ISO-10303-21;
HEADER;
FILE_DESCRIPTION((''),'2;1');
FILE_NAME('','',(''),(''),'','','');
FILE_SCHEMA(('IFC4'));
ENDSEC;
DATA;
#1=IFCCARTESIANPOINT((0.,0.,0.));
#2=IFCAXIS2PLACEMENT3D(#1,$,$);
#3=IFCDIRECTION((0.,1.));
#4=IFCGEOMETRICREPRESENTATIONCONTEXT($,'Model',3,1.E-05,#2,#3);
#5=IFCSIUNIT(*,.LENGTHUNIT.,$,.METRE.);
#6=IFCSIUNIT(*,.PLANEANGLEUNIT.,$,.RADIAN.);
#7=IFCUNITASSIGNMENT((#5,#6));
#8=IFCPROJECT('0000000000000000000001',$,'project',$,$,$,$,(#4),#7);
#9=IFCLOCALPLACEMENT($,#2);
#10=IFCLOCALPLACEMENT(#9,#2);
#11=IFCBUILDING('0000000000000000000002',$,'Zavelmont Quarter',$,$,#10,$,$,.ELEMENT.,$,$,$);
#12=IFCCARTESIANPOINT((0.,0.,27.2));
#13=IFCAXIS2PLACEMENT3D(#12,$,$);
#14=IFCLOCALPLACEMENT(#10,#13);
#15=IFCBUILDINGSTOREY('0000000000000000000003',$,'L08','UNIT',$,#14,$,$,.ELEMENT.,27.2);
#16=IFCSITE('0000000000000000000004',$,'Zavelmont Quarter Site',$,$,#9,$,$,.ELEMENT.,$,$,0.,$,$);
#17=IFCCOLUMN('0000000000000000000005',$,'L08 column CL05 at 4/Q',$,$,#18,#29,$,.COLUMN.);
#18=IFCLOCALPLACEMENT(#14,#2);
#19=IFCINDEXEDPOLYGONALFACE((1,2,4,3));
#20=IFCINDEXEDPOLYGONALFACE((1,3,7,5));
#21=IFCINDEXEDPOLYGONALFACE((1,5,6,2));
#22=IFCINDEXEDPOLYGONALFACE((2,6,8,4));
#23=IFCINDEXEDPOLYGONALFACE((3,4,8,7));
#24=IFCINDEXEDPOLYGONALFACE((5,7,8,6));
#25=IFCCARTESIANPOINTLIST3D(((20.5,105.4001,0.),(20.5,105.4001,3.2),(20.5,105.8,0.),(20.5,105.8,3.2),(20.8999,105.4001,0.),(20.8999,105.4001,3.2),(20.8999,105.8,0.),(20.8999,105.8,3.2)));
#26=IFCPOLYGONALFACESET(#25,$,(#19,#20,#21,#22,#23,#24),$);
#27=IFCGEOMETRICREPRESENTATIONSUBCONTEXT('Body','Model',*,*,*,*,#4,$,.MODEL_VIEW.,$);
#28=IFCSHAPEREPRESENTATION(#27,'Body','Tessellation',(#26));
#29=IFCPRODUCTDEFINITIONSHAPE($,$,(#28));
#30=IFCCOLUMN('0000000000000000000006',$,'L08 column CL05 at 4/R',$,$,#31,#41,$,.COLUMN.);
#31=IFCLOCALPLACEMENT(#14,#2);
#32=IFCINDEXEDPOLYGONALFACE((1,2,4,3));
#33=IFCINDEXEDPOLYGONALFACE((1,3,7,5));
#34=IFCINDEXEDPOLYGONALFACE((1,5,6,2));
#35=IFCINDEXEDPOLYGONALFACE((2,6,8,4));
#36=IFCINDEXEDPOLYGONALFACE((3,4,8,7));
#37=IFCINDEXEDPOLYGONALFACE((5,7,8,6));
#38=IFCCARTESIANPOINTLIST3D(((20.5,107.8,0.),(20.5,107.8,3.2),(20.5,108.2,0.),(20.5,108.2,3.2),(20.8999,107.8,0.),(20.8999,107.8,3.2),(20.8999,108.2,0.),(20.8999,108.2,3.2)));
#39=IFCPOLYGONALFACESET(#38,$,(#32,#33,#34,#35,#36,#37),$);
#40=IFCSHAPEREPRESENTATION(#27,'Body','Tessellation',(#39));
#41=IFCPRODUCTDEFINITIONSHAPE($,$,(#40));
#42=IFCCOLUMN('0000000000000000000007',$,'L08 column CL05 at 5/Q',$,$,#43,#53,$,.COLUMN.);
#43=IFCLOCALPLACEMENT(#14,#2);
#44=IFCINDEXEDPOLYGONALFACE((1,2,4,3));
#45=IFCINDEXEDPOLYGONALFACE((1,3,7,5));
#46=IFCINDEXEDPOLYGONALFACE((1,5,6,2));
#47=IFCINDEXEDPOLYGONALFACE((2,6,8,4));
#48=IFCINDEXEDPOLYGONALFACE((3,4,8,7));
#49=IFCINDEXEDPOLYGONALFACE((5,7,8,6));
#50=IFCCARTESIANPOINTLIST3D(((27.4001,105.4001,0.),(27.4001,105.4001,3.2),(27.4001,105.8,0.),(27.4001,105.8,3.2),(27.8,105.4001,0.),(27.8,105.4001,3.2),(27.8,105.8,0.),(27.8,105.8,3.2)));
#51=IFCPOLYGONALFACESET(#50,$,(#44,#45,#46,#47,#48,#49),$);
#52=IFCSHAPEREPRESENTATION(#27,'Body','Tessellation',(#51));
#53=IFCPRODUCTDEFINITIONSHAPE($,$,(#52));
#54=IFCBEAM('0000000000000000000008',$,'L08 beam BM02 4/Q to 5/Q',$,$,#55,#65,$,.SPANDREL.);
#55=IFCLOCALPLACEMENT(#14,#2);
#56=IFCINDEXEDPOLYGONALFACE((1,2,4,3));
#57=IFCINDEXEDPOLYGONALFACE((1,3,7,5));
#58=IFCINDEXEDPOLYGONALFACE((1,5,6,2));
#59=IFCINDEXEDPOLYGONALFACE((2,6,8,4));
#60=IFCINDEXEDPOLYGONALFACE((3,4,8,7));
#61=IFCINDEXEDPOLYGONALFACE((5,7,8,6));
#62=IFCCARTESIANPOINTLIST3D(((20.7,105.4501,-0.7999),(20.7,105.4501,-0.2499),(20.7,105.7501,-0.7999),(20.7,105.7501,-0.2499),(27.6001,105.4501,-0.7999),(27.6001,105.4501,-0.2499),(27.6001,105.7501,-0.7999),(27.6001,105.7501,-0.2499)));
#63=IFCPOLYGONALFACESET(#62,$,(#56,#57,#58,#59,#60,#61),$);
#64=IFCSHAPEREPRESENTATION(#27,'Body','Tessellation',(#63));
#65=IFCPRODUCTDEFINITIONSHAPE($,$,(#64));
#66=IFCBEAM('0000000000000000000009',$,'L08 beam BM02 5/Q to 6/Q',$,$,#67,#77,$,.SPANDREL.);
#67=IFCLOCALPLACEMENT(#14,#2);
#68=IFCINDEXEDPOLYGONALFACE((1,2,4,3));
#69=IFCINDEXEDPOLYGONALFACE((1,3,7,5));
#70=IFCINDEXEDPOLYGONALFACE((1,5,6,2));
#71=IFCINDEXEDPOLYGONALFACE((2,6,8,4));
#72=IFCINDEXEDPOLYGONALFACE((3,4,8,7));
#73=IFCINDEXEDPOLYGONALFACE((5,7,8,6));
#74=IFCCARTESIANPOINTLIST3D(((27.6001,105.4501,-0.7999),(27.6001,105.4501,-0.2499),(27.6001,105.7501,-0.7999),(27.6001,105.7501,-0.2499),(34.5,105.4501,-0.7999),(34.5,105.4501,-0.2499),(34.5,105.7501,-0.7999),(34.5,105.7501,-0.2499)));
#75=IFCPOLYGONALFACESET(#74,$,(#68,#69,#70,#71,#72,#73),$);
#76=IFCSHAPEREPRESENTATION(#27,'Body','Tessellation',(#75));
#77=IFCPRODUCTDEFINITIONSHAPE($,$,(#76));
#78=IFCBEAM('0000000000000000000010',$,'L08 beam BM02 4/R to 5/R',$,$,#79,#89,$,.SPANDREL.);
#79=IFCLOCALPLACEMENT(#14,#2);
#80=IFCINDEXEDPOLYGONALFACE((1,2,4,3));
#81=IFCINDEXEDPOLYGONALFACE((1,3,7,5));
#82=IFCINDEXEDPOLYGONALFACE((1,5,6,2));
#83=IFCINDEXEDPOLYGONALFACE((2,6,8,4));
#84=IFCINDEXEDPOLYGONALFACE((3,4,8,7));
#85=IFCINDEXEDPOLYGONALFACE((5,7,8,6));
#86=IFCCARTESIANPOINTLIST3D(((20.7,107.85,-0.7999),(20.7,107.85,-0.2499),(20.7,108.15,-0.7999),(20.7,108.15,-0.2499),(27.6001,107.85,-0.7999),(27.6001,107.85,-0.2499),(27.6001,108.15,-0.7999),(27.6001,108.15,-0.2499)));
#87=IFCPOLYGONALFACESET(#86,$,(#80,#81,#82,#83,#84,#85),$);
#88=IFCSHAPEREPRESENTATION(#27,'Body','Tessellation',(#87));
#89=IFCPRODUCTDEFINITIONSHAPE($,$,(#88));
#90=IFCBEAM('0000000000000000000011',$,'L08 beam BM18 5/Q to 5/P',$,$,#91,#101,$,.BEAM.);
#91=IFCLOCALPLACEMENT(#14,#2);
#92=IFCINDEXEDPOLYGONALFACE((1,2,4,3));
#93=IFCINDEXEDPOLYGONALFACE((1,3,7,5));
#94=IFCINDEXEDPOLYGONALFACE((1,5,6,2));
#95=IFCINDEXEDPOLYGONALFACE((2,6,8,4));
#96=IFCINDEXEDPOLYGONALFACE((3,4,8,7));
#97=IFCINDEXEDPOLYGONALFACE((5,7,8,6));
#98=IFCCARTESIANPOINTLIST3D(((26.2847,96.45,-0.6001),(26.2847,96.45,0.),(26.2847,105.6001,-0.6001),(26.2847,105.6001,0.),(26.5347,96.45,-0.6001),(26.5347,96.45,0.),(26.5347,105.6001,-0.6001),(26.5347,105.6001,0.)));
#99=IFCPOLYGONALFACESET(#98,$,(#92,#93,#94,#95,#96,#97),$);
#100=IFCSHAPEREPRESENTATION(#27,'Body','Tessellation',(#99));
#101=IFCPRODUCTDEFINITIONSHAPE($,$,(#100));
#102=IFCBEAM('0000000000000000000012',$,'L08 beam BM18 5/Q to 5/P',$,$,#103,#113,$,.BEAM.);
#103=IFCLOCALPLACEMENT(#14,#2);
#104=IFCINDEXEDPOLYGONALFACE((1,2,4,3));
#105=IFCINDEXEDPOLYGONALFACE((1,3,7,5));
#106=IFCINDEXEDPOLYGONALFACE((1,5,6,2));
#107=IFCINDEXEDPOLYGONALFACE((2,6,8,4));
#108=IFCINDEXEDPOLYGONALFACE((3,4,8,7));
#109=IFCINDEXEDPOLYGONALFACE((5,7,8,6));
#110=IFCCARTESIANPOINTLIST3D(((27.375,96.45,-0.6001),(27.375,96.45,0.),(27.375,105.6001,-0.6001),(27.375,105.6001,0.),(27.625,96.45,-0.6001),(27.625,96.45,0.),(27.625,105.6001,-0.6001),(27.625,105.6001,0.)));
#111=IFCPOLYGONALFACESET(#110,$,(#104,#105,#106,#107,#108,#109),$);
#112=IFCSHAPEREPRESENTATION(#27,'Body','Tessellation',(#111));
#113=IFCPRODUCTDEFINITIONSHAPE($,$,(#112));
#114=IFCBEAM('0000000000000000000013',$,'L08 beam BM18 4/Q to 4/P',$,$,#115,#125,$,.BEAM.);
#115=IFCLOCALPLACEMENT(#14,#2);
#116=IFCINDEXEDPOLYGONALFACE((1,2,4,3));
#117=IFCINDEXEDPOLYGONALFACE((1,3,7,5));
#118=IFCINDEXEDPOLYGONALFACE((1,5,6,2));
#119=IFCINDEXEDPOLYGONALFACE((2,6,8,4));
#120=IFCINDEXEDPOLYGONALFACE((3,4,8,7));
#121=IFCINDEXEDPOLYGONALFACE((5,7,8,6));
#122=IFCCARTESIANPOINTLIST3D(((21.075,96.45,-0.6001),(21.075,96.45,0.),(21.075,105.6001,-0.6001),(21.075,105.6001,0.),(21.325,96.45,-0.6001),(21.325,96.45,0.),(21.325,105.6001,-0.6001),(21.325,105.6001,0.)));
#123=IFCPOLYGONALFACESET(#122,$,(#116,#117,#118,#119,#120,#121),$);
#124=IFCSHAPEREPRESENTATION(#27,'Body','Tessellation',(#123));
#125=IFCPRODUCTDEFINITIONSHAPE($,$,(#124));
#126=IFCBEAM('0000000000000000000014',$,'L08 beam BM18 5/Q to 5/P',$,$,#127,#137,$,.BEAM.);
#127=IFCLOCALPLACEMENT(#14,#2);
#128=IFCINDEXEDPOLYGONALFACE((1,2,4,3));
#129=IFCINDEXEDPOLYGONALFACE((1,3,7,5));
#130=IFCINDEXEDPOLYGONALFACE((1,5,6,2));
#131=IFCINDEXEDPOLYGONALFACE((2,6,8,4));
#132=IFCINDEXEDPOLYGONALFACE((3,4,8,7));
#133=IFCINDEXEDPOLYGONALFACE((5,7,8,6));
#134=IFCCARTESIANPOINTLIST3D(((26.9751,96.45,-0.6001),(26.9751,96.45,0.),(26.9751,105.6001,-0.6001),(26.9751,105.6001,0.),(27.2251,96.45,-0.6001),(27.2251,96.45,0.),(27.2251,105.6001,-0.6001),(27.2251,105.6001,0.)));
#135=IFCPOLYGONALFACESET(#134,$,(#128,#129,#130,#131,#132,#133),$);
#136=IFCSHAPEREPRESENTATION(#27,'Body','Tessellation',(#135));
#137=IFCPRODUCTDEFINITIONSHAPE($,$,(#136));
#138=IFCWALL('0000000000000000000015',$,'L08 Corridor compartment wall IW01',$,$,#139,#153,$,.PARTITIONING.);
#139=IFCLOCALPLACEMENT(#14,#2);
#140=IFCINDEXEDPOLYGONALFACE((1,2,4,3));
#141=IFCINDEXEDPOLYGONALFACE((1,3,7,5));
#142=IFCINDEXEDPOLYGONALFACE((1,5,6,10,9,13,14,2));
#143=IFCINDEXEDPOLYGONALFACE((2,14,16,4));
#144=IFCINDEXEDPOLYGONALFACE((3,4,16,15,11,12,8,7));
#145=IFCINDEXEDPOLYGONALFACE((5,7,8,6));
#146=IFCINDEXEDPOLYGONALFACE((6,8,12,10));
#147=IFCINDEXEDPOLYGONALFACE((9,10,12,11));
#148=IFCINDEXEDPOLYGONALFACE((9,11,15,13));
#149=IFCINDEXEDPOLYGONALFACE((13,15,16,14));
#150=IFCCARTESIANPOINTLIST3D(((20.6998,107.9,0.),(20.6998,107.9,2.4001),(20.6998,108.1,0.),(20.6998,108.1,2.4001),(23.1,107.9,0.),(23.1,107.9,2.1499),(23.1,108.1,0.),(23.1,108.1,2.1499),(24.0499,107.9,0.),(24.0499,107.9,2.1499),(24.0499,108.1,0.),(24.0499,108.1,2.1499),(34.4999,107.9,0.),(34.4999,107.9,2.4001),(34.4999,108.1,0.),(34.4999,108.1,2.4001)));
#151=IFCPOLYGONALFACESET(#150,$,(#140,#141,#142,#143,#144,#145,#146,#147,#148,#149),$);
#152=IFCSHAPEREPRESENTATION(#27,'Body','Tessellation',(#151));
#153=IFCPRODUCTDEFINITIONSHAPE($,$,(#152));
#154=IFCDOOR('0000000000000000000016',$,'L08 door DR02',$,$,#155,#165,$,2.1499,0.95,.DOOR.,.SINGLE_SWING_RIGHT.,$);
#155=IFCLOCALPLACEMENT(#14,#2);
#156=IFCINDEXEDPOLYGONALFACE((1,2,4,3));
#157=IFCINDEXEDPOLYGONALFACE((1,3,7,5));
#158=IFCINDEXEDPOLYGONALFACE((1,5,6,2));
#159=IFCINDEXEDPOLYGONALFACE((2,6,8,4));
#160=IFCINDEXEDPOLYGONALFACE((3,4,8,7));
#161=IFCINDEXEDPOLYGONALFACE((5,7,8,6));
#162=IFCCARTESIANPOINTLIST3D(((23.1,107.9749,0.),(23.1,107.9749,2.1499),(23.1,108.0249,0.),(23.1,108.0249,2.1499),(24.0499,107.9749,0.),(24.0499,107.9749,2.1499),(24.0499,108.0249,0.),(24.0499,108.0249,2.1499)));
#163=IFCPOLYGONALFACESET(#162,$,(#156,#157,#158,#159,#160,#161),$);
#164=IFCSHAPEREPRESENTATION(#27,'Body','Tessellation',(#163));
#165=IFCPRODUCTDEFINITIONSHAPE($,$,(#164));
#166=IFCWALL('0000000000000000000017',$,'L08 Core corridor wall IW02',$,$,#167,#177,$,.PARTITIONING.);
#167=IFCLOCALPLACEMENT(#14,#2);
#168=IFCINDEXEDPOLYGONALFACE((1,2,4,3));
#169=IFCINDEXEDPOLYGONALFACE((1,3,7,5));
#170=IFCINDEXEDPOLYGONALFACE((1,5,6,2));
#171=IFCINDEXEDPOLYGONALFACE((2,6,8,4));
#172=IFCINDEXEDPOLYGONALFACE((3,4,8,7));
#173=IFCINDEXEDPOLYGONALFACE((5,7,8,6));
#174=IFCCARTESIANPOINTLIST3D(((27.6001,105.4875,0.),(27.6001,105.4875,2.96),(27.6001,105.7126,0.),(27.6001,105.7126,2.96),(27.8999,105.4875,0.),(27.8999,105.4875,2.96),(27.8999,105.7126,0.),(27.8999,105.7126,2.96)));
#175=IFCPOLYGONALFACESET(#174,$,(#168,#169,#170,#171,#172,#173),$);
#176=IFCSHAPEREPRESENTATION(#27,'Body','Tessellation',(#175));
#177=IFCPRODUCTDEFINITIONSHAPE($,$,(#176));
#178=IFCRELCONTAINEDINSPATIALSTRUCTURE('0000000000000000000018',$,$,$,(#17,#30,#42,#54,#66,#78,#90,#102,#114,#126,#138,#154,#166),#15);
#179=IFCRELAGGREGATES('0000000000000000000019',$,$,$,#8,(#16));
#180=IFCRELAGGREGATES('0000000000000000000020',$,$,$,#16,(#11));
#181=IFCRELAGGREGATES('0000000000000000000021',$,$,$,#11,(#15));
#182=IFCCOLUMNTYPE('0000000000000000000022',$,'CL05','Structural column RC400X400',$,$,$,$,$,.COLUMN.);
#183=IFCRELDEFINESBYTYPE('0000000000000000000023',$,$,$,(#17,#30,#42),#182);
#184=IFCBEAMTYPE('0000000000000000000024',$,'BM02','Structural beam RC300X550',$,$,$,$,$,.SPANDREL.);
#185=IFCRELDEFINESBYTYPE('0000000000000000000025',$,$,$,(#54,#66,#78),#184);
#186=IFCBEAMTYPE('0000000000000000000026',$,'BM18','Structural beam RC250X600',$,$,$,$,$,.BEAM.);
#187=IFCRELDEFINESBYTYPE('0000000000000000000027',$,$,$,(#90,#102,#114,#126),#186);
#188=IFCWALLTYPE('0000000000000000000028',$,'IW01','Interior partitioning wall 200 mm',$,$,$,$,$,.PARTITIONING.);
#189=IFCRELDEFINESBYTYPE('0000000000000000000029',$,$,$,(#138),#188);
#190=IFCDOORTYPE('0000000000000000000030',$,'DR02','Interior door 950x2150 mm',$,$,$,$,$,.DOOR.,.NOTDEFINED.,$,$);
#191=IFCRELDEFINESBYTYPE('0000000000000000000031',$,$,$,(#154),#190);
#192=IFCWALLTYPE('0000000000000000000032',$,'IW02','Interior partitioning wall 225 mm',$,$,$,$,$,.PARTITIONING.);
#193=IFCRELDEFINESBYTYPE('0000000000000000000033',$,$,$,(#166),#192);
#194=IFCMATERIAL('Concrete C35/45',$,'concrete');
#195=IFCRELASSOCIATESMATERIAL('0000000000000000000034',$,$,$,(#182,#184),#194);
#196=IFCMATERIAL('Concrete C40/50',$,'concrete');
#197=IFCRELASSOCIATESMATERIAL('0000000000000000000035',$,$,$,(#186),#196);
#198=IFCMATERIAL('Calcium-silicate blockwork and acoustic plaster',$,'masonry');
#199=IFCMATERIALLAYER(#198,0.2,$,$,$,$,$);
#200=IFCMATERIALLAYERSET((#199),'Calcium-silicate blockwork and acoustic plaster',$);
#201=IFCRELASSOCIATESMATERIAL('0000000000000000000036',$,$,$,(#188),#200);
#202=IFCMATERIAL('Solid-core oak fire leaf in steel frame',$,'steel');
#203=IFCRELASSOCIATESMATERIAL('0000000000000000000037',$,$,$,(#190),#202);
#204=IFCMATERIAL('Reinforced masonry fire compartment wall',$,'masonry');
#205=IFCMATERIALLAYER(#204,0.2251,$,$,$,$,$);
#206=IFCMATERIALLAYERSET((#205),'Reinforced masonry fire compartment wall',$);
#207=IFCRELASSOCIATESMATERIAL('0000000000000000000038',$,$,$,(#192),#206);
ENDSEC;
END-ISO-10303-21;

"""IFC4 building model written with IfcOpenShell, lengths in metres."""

from ifc_helpers import new_model, si_unit, direction, frame, frame_2d, origin, origin_with_axes, origin_2d, place, context, subcontext, project, spatial, rectangle, extrude, material, layer, layer_set, material_profile, profile_set, type_object, element, fill, save


model = new_model("IFC4")

# Units and contexts
model_context = context("Model", 3, precision=1e-05, world=origin(), true_north=direction((0.0, 1.0)))
body_context = subcontext(model_context, "Body", "Model", "MODEL_VIEW")
ifc_project = project(units=[si_unit("LENGTHUNIT", "METRE"), si_unit("PLANEANGLEUNIT", "RADIAN")], contexts=[model_context])

# Site, building, storey
site_placement = place(None, origin())
site = spatial("IfcSite", under=ifc_project, at=site_placement, Name="Zavelmont Quarter Site", CompositionType="ELEMENT", RefElevation=0.0)
building_placement = place(site_placement, origin())
building = spatial("IfcBuilding", under=site, at=building_placement, Name="Zavelmont Quarter", CompositionType="ELEMENT")
storey_placement = place(building_placement, frame((0.0, 0.0, 27.2)))
storey = spatial("IfcBuildingStorey", under=building, at=storey_placement, Name="L08", Description="UNIT", CompositionType="ELEMENT", Elevation=27.2)

# Columns
ifc_material_1 = material(Name="Concrete C35/45", Category="concrete")
ifc_material_profile_1 = material_profile(ifc_material_1, rectangle(XDim=0.3999, YDim=0.3999, at=origin_2d()), Name="RC400X400")
ifc_profile_set_1 = profile_set([ifc_material_profile_1], Name="Concrete C35/45")
column_type = type_object("IfcColumnType", Name="CL05", Description="Structural column RC400X400", PredefinedType="COLUMN", material=ifc_profile_set_1)
for number, where, z_axis, x_axis, name in (
    (1, (20.7, 105.6001, 0.0), (0.0, 0.0, 1.0), (1.0, 0.0, 0.0), "L08 column CL05 at 4/Q"),
    (2, (20.7, 108.0, 0.0), (0.0, 0.0, 1.0), (1.0, 0.0, 0.0), "L08 column CL05 at 4/R"),
    (3, (27.6001, 105.6001, 0.0), (0.0, 0.0, 1.0), (1.0, 0.0, 0.0), "L08 column CL05 at 5/Q"),
):
    element("IfcColumn", number, at=place(storey_placement, frame(where, z_axis=z_axis, x_axis=x_axis)), inside=storey, type_object=column_type, Name=name, PredefinedType="COLUMN", context=body_context, shape_type="SweptSolid", body=[
        extrude(rectangle(XDim=0.3999, YDim=0.3999, at=origin_2d()), origin(), (0.0, 0.0, 1.0), 3.2),
    ])

# Beams
ifc_material_profile_2 = material_profile(ifc_material_1, rectangle(XDim=0.3, YDim=0.55, at=origin_2d()), Name="RC300X550")
ifc_profile_set_2 = profile_set([ifc_material_profile_2], Name="Concrete C35/45")
beam_type_1 = type_object("IfcBeamType", Name="BM02", Description="Structural beam RC300X550", PredefinedType="SPANDREL", material=ifc_profile_set_2)
beam_1_placement = place(storey_placement, frame((20.7, 105.6001, -0.5249), z_axis=(1.0, 0.0, 0.0), x_axis=(0.0, 1.0, 0.0)))
element("IfcBeam", 4, at=beam_1_placement, inside=storey, type_object=beam_type_1, Name="L08 beam BM02 4/Q to 5/Q", PredefinedType="SPANDREL", context=body_context, shape_type="SweptSolid", body=[
    extrude(rectangle(XDim=0.3, YDim=0.55, at=origin_2d()), origin(), (0.0, 0.0, 1.0), 6.9001),
])
beam_2_placement = place(storey_placement, frame((27.6001, 105.6001, -0.5249), z_axis=(1.0, 0.0, 0.0), x_axis=(0.0, 1.0, 0.0)))
element("IfcBeam", 5, at=beam_2_placement, inside=storey, type_object=beam_type_1, Name="L08 beam BM02 5/Q to 6/Q", PredefinedType="SPANDREL", context=body_context, shape_type="SweptSolid", body=[
    extrude(rectangle(XDim=0.3, YDim=0.55, at=origin_2d()), origin(), (0.0, 0.0, 1.0), 6.8999),
])
beam_3_placement = place(storey_placement, frame((20.7, 108.0, -0.5249), z_axis=(1.0, 0.0, 0.0), x_axis=(0.0, 1.0, 0.0)))
element("IfcBeam", 6, at=beam_3_placement, inside=storey, type_object=beam_type_1, Name="L08 beam BM02 4/R to 5/R", PredefinedType="SPANDREL", context=body_context, shape_type="SweptSolid", body=[
    extrude(rectangle(XDim=0.3, YDim=0.55, at=origin_2d()), origin(), (0.0, 0.0, 1.0), 6.9001),
])
ifc_material_2 = material(Name="Concrete C40/50", Category="concrete")
ifc_material_profile_3 = material_profile(ifc_material_2, rectangle(XDim=0.25, YDim=0.6001, at=origin_2d()), Name="RC250X600")
ifc_profile_set_3 = profile_set([ifc_material_profile_3], Name="Concrete C40/50")
beam_type_2 = type_object("IfcBeamType", Name="BM18", Description="Structural beam RC250X600", PredefinedType="BEAM", material=ifc_profile_set_3)
for number, where, z_axis, x_axis, name in (
    (7, (26.4097, 105.6001, -0.3), (0.0, -1.0, 0.0), (1.0, 0.0, 0.0), "L08 beam BM18 5/Q to 5/P"),
    (8, (27.5, 105.6001, -0.3), (0.0, -1.0, 0.0), (1.0, 0.0, 0.0), "L08 beam BM18 5/Q to 5/P"),
    (9, (21.2, 105.6001, -0.3), (0.0, -1.0, 0.0), (1.0, 0.0, 0.0), "L08 beam BM18 4/Q to 4/P"),
    (10, (27.1001, 105.6001, -0.3), (0.0, -1.0, 0.0), (1.0, 0.0, 0.0), "L08 beam BM18 5/Q to 5/P"),
):
    element("IfcBeam", number, at=place(storey_placement, frame(where, z_axis=z_axis, x_axis=x_axis)), inside=storey, type_object=beam_type_2, Name=name, PredefinedType="BEAM", context=body_context, shape_type="SweptSolid", body=[
        extrude(rectangle(XDim=0.25, YDim=0.6001, at=origin_2d()), origin(), (0.0, 0.0, 1.0), 9.1501),
    ])

# Wall, opening, door
ifc_material_3 = material(Name="Calcium-silicate blockwork and acoustic plaster", Category="masonry")
ifc_layer_1 = layer(ifc_material_3, 0.2)
ifc_layer_set_1 = layer_set([ifc_layer_1], Name="Calcium-silicate blockwork and acoustic plaster")
wall_type_1 = type_object("IfcWallType", Name="IW01", Description="Interior partitioning wall 200 mm", PredefinedType="PARTITIONING", material=ifc_layer_set_1)
wall_1_placement = place(storey_placement, frame((20.7, 108.0, 0.0), z_axis=(0.0, 0.0, 1.0), x_axis=(1.0, 0.0, 0.0)))
wall_1 = element("IfcWall", 11, at=wall_1_placement, inside=storey, type_object=wall_type_1, Name="L08 Corridor compartment wall IW01", PredefinedType="PARTITIONING", context=body_context, shape_type="SweptSolid", body=[
    extrude(rectangle(XDim=13.8, YDim=0.2, at=frame_2d((6.8999, 0.0))), origin(), (0.0, 0.0, 1.0), 2.4001),
])
opening_1_placement = place(wall_1_placement, frame((2.3999, 0.0, 0.0)))
opening_1 = element("IfcOpeningElement", 12, at=opening_1_placement, cuts=wall_1, PredefinedType="OPENING", context=body_context, shape_type="SweptSolid", body=[
    extrude(rectangle(XDim=0.95, YDim=2.1499, at=frame_2d((0.4751, 1.075))), frame((0.0, 0.1118, 0.0), z_axis=(0.0, -1.0, 0.0), x_axis=(1.0, 0.0, 0.0)), (0.0, 0.0, 1.0), 0.2239),
])
ifc_material_4 = material(Name="Solid-core oak fire leaf in steel frame", Category="steel")
door_type_1 = type_object("IfcDoorType", Name="DR02", Description="Interior door 950x2150 mm", OperationType="NOTDEFINED", PredefinedType="DOOR", material=ifc_material_4)
door_1_placement = place(opening_1_placement, origin_with_axes())
door_1 = element("IfcDoor", 13, at=door_1_placement, inside=storey, type_object=door_type_1, Name="L08 door DR02", OperationType="SINGLE_SWING_RIGHT", OverallHeight=2.1499, OverallWidth=0.95, PredefinedType="DOOR", context=body_context, shape_type="SweptSolid", body=[
    extrude(rectangle(XDim=0.95, YDim=2.1499, at=frame_2d((0.4751, 1.075))), frame((0.0, 0.0249, 0.0), z_axis=(0.0, -1.0, 0.0), x_axis=(1.0, 0.0, 0.0)), (0.0, 0.0, 1.0), 0.05),
])
fill(opening_1, door_1)

# Wall
ifc_material_5 = material(Name="Reinforced masonry fire compartment wall", Category="masonry")
ifc_layer_2 = layer(ifc_material_5, 0.2251)
ifc_layer_set_2 = layer_set([ifc_layer_2], Name="Reinforced masonry fire compartment wall")
wall_type_2 = type_object("IfcWallType", Name="IW02", Description="Interior partitioning wall 225 mm", PredefinedType="PARTITIONING", material=ifc_layer_set_2)
wall_2_placement = place(storey_placement, frame((27.6001, 105.6001, 0.0), z_axis=(0.0, 0.0, 1.0), x_axis=(1.0, 0.0, 0.0)))
element("IfcWall", 14, at=wall_2_placement, inside=storey, type_object=wall_type_2, Name="L08 Core corridor wall IW02", PredefinedType="PARTITIONING", context=body_context, shape_type="SweptSolid", body=[
    extrude(rectangle(XDim=0.2998, YDim=0.2251, at=frame_2d((0.1499, 0.0))), origin(), (0.0, 0.0, 1.0), 2.96),
])

save(model, "model.ifc")
